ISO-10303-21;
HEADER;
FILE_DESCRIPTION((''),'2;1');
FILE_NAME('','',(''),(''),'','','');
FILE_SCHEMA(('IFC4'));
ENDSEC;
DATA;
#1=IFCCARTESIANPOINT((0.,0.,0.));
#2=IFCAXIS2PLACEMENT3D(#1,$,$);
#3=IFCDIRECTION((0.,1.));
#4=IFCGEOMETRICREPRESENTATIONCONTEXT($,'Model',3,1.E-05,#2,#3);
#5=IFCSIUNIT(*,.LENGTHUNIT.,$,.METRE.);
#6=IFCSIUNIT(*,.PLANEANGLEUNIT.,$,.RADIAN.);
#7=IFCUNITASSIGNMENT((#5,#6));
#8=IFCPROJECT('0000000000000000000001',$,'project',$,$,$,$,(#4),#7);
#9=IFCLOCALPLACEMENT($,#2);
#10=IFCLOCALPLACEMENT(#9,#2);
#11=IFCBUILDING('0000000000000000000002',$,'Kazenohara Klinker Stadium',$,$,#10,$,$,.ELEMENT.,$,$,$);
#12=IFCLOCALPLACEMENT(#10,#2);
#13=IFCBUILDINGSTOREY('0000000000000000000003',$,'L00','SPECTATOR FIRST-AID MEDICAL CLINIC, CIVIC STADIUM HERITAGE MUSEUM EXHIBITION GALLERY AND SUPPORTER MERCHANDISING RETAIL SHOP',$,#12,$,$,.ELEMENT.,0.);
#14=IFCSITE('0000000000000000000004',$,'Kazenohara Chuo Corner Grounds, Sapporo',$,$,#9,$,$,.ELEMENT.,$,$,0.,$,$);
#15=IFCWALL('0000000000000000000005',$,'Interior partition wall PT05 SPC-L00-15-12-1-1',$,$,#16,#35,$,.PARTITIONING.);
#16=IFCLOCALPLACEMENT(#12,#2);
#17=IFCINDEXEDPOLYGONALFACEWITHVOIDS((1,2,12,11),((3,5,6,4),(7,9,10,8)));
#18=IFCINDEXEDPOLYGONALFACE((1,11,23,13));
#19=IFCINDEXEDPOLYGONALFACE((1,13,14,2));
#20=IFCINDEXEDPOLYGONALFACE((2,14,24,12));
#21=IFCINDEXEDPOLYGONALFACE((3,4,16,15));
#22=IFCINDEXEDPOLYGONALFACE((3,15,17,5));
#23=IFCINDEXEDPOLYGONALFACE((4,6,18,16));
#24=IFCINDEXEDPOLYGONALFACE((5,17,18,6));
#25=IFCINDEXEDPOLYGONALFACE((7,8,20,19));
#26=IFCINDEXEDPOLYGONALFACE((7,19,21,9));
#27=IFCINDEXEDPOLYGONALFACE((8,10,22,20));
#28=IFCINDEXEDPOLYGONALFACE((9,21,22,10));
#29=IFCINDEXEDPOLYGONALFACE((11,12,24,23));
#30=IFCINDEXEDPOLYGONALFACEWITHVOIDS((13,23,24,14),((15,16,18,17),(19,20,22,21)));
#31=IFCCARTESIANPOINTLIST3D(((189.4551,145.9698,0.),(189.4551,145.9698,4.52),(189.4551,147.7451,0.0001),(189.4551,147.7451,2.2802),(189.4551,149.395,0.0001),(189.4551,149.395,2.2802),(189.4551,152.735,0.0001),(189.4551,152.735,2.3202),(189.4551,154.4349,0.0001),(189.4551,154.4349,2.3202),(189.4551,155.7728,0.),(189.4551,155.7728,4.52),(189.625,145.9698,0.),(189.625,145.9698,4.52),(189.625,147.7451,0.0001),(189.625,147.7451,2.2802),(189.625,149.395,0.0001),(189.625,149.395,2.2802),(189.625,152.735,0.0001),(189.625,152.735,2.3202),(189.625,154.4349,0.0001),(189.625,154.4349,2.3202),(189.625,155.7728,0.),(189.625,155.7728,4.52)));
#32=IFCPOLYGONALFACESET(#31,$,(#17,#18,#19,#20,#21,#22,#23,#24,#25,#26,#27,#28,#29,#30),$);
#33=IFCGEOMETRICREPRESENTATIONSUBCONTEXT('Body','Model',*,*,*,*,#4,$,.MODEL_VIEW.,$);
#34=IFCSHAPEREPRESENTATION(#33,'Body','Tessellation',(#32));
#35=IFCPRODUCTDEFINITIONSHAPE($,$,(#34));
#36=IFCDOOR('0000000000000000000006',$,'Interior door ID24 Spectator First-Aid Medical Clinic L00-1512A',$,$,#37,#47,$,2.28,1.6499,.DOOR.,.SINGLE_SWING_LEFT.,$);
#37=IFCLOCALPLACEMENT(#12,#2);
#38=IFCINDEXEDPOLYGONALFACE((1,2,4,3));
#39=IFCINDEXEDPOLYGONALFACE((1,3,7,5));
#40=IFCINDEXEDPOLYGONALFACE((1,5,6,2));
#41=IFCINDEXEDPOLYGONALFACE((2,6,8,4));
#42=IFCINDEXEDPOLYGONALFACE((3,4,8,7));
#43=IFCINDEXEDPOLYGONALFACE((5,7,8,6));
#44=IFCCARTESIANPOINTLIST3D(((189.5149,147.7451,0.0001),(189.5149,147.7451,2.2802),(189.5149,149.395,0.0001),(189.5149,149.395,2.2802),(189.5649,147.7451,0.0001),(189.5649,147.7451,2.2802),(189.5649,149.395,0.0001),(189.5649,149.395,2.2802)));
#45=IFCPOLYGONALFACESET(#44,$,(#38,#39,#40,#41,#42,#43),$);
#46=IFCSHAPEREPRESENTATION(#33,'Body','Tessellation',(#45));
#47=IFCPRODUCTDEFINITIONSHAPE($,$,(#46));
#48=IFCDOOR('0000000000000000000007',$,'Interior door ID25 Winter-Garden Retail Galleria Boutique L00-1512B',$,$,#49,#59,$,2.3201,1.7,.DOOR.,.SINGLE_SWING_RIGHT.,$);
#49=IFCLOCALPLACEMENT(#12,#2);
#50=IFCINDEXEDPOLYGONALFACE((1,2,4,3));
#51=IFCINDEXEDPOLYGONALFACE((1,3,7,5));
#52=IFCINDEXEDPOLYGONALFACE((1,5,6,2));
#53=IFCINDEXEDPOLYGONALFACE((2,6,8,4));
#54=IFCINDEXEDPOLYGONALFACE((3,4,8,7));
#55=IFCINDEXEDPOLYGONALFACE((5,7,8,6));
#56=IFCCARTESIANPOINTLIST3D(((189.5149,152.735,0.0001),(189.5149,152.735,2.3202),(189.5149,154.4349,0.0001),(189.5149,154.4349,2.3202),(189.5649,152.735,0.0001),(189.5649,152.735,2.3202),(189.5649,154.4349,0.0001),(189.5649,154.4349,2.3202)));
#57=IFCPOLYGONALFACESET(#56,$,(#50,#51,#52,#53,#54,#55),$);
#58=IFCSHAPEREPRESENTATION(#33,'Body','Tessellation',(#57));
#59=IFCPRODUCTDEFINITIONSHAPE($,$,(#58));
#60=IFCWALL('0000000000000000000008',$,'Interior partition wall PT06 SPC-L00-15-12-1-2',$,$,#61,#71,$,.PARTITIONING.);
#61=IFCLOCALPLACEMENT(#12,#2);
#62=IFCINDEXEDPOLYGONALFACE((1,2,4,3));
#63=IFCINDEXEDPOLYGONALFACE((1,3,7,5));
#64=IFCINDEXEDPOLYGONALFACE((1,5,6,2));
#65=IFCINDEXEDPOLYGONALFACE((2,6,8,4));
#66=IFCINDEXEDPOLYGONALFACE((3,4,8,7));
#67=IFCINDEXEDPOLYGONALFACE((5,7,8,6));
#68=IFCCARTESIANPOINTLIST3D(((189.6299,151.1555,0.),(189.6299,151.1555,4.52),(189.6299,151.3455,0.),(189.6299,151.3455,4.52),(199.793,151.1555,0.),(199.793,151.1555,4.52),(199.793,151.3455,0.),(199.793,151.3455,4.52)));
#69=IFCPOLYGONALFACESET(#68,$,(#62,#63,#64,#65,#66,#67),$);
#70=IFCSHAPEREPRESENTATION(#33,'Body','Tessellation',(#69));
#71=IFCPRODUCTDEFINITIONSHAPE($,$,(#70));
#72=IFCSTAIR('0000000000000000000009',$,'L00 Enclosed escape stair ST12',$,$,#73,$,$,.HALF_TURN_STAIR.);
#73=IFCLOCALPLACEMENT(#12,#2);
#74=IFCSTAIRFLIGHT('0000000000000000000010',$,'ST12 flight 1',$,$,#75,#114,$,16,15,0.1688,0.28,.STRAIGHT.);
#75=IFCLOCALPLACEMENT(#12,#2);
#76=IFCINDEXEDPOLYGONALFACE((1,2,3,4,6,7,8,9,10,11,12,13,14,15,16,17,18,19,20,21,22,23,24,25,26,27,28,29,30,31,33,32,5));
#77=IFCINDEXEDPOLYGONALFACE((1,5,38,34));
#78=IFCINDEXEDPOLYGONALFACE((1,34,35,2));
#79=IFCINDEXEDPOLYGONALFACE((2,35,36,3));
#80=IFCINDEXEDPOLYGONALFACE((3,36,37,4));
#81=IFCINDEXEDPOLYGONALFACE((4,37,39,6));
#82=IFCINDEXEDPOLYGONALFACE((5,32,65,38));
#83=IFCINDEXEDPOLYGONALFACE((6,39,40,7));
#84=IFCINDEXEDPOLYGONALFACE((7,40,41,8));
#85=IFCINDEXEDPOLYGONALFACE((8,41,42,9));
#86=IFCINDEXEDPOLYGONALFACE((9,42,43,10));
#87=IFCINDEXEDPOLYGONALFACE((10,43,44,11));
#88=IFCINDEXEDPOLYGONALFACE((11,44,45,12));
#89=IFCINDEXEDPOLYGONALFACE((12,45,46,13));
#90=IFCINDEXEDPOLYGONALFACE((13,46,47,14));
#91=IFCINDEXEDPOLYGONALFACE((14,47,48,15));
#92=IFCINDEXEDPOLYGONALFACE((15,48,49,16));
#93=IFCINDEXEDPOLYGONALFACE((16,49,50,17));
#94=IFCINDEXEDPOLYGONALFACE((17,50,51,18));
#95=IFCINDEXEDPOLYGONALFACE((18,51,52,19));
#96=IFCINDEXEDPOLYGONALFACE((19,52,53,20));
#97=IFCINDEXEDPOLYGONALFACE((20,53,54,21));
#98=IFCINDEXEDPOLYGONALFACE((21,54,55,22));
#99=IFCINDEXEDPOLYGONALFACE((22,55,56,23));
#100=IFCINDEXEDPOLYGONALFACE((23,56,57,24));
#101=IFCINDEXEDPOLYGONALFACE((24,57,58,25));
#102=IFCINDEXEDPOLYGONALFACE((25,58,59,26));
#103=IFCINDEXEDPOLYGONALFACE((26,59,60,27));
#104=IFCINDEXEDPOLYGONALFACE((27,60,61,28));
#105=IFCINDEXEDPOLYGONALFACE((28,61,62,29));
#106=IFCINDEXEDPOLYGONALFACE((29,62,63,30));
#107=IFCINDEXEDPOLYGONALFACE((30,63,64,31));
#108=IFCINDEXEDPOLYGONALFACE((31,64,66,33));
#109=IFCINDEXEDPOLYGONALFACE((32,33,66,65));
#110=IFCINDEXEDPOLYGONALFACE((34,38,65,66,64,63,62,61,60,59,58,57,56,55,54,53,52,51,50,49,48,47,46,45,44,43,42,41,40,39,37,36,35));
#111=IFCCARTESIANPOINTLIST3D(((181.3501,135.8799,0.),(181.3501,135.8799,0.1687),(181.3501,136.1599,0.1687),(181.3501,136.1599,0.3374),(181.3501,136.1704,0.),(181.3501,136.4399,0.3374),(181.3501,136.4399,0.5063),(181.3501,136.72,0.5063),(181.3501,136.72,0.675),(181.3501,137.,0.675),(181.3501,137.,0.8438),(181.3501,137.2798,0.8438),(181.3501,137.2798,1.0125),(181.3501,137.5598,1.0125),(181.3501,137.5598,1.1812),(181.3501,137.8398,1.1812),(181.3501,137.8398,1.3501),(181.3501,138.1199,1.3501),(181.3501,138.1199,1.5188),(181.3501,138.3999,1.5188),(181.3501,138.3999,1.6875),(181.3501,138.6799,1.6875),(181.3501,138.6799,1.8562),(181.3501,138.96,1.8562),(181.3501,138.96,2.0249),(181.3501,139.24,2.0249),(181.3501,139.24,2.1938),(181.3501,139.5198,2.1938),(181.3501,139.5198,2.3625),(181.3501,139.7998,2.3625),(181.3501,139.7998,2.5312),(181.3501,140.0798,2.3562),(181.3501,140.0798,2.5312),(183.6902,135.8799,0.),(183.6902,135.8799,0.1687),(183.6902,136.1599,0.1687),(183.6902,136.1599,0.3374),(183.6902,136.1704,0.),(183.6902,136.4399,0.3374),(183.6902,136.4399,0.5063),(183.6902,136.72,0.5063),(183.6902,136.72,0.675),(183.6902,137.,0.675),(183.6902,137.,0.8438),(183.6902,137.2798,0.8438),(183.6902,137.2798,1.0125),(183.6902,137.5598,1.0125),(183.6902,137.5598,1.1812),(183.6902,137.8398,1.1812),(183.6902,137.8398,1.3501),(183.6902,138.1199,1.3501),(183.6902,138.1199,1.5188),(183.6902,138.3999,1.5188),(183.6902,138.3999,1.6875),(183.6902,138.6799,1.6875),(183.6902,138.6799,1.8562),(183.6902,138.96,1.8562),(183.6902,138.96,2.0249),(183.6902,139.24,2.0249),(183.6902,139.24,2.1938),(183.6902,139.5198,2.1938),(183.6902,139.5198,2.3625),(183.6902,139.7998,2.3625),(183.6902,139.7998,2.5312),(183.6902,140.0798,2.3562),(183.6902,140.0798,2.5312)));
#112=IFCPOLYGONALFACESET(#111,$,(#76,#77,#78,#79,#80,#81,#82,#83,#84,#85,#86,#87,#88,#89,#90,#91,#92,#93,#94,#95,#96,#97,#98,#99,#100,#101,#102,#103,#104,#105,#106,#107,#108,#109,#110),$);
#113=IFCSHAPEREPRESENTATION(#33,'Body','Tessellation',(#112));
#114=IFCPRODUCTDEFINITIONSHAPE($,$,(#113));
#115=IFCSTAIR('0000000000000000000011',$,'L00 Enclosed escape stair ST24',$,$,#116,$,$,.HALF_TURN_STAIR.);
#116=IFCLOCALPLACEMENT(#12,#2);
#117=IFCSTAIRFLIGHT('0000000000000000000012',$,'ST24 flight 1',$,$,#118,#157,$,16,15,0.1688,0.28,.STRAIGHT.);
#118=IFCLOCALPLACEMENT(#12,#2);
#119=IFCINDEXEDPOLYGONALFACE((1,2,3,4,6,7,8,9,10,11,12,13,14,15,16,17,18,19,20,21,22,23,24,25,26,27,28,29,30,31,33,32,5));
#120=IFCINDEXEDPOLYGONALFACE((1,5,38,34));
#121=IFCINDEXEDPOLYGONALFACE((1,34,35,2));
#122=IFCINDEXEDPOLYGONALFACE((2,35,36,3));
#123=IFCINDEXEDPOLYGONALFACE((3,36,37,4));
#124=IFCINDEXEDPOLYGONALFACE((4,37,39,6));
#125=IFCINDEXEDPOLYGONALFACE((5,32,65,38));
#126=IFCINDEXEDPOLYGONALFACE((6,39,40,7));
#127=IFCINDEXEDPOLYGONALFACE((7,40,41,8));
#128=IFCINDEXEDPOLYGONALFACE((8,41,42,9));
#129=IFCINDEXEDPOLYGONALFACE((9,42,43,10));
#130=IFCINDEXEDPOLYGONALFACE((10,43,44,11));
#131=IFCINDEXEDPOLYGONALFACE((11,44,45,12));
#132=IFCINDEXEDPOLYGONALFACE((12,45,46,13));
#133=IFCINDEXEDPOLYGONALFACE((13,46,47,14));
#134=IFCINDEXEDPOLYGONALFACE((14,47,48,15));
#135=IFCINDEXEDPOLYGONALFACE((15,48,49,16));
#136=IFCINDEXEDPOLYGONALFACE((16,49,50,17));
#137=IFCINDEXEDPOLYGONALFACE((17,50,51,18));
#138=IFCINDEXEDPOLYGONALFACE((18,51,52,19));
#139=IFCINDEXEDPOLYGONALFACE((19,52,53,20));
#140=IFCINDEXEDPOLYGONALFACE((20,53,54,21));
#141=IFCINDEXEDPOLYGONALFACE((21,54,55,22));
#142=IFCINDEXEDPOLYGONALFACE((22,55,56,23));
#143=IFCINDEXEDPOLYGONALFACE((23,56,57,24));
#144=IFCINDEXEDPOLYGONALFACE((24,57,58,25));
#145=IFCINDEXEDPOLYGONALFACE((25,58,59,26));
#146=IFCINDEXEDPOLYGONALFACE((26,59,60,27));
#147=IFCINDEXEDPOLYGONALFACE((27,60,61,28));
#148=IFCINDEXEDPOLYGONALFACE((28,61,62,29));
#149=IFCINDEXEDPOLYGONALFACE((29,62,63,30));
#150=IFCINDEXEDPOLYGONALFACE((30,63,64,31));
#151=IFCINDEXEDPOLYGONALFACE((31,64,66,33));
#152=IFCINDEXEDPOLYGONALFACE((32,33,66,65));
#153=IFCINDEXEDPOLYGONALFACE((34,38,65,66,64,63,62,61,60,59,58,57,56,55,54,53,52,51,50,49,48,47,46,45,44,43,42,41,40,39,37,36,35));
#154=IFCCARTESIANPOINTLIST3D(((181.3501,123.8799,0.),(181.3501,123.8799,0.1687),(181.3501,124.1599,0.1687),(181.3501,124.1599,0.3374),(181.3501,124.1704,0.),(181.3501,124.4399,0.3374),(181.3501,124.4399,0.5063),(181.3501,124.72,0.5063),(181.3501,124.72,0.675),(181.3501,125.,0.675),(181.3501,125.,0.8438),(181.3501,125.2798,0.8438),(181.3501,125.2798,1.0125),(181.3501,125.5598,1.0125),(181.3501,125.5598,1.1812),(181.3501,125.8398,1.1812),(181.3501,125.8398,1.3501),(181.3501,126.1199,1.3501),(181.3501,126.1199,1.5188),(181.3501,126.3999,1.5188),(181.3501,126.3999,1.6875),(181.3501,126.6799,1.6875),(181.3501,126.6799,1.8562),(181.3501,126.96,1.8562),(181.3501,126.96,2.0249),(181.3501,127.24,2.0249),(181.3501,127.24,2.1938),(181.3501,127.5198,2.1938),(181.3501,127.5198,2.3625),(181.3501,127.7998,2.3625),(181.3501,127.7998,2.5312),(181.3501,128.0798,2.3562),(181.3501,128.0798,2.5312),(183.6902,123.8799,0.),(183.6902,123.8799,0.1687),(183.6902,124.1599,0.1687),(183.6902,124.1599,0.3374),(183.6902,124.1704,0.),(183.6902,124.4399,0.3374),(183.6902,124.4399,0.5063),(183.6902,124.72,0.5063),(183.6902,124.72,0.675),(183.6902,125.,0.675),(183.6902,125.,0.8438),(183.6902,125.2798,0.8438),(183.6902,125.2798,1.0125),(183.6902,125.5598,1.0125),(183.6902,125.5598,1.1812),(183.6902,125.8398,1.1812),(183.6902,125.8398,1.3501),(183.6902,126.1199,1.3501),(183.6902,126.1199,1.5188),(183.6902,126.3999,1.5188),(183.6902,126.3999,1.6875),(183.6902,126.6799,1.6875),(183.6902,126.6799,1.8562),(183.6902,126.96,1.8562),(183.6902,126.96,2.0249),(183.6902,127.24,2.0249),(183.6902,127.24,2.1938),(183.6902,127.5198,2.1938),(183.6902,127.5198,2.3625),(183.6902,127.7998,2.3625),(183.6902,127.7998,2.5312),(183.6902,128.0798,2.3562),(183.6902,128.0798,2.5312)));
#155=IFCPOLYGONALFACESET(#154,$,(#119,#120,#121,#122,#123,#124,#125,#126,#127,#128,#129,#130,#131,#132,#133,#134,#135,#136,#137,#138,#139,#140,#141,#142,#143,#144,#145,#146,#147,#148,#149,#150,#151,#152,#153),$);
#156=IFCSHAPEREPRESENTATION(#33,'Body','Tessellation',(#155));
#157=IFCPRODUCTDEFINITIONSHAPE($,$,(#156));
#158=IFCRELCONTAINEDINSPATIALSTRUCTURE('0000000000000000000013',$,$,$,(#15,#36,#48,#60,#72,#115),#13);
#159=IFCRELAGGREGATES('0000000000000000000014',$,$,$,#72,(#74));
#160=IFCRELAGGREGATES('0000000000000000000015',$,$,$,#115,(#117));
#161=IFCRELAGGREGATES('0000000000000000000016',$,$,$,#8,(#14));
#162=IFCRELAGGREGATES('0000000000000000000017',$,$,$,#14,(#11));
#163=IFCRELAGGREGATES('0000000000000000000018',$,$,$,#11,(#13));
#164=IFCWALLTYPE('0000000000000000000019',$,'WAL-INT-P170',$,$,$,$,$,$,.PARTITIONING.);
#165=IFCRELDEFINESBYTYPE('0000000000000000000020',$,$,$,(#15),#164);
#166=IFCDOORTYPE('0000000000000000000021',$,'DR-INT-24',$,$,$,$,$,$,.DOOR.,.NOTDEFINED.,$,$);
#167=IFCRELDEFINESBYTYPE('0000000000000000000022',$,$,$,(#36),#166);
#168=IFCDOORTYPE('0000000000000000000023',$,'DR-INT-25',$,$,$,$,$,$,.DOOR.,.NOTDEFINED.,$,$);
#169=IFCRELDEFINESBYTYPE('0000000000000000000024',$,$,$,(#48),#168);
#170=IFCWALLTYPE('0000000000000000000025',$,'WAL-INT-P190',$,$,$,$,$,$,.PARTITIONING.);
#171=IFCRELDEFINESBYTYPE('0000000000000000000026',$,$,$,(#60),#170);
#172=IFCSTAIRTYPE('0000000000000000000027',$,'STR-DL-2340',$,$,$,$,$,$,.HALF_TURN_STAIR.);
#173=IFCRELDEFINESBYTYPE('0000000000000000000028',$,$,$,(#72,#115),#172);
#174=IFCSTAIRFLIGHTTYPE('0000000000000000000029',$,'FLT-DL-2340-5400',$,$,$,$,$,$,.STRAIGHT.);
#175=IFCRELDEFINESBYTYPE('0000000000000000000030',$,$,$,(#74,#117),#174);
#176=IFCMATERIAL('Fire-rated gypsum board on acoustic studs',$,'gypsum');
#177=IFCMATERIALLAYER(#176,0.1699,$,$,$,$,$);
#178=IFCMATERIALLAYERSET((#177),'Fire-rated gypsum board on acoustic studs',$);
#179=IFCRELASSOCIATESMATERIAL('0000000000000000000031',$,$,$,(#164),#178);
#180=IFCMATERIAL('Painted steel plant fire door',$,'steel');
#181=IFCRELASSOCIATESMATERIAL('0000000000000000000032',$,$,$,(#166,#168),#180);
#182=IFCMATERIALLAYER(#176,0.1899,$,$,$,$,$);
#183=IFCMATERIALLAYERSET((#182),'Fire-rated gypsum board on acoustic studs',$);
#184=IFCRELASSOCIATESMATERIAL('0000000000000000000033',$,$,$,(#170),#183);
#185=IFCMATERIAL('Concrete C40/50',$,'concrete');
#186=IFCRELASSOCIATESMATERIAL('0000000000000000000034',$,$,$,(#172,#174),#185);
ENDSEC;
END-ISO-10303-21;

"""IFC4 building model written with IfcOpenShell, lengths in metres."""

from ifc_helpers import new_model, si_unit, direction, frame, frame_2d, origin, place, context, subcontext, project, spatial, polyline, rectangle, outline, extrude, material, layer, layer_set, type_object, element, fill, aggregate, save


model = new_model("IFC4")

# Units and contexts
model_context = context("Model", 3, precision=1e-05, world=origin(), true_north=direction((0.0, 1.0)))
body_context = subcontext(model_context, "Body", "Model", "MODEL_VIEW")
ifc_project = project(units=[si_unit("LENGTHUNIT", "METRE"), si_unit("PLANEANGLEUNIT", "RADIAN")], contexts=[model_context])

# Site, building, storey
site_placement = place(None, origin())
site = spatial("IfcSite", under=ifc_project, at=site_placement, Name="Kazenohara Chuo Corner Grounds, Sapporo", CompositionType="ELEMENT", RefElevation=0.0)
building_placement = place(site_placement, origin())
building = spatial("IfcBuilding", under=site, at=building_placement, Name="Kazenohara Klinker Stadium", CompositionType="ELEMENT")
storey_placement = place(building_placement, origin())
storey = spatial("IfcBuildingStorey", under=building, at=storey_placement, Name="L00", Description="SPECTATOR FIRST-AID MEDICAL CLINIC, CIVIC STADIUM HERITAGE MUSEUM EXHIBITION GALLERY AND SUPPORTER MERCHANDISING RETAIL SHOP", CompositionType="ELEMENT", Elevation=0.0)

# Shared definitions
ifc_material_1 = material(Name="Concrete C40/50", Category="concrete")

# Wall, openings, doors
ifc_material_2 = material(Name="Fire-rated gypsum board on acoustic studs", Category="gypsum")
ifc_layer_1 = layer(ifc_material_2, 0.1699)
ifc_layer_set_1 = layer_set([ifc_layer_1], Name="Fire-rated gypsum board on acoustic studs")
wall_type_1 = type_object("IfcWallType", Name="WAL-INT-P170", PredefinedType="PARTITIONING", material=ifc_layer_set_1)
wall_1_placement = place(storey_placement, frame((189.54, 145.97, 0.0), z_axis=(0.0, 0.0, 1.0), x_axis=(0.0, 1.0, 0.0)))
wall_1 = element("IfcWall", 1, at=wall_1_placement, inside=storey, type_object=wall_type_1, Name="Interior partition wall PT05 SPC-L00-15-12-1-1", PredefinedType="PARTITIONING", context=body_context, shape_type="SweptSolid", body=[
    extrude(rectangle(XDim=9.803, YDim=0.1699, at=frame_2d((4.9014, 0.0))), origin(), (0.0, 0.0, 1.0), 4.52),
])
opening_1_placement = place(wall_1_placement, frame((3.425, 0.0, 0.0), z_axis=(0.0, 0.0, 1.0), x_axis=(-1.0, 0.0, 0.0)))
opening_1 = element("IfcOpeningElement", 2, at=opening_1_placement, cuts=wall_1, PredefinedType="OPENING", context=body_context, shape_type="SweptSolid", body=[
    extrude(rectangle(XDim=1.6499, YDim=2.28, at=frame_2d((0.825, 1.1401))), frame((0.0, 0.095, 0.0), z_axis=(0.0, -1.0, 0.0), x_axis=(1.0, 0.0, 0.0)), (0.0, 0.0, 1.0), 0.1899),
])
opening_2_placement = place(wall_1_placement, frame((8.4651, 0.0, 0.0), z_axis=(0.0, 0.0, 1.0), x_axis=(-1.0, 0.0, 0.0)))
opening_2 = element("IfcOpeningElement", 3, at=opening_2_placement, cuts=wall_1, PredefinedType="OPENING", context=body_context, shape_type="SweptSolid", body=[
    extrude(rectangle(XDim=1.7, YDim=2.3201, at=frame_2d((0.8501, 1.1602))), frame((0.0, 0.095, 0.0), z_axis=(0.0, -1.0, 0.0), x_axis=(1.0, 0.0, 0.0)), (0.0, 0.0, 1.0), 0.1899),
])
ifc_material_3 = material(Name="Painted steel plant fire door", Category="steel")
door_type_1 = type_object("IfcDoorType", Name="DR-INT-24", OperationType="NOTDEFINED", PredefinedType="DOOR", material=ifc_material_3)
door_1_placement = place(opening_1_placement, origin())
door_1 = element("IfcDoor", 4, at=door_1_placement, inside=storey, type_object=door_type_1, Name="Interior door ID24 Spectator First-Aid Medical Clinic L00-1512A", OperationType="SINGLE_SWING_LEFT", OverallHeight=2.28, OverallWidth=1.6499, PredefinedType="DOOR", context=body_context, shape_type="SweptSolid", body=[
    extrude(rectangle(XDim=1.6499, YDim=2.28, at=frame_2d((0.825, 1.1401))), frame((0.0, 0.0249, 0.0), z_axis=(0.0, -1.0, 0.0), x_axis=(1.0, 0.0, 0.0)), (0.0, 0.0, 1.0), 0.05),
])
fill(opening_1, door_1)
door_type_2 = type_object("IfcDoorType", Name="DR-INT-25", OperationType="NOTDEFINED", PredefinedType="DOOR", material=ifc_material_3)
door_2_placement = place(opening_2_placement, origin())
door_2 = element("IfcDoor", 5, at=door_2_placement, inside=storey, type_object=door_type_2, Name="Interior door ID25 Winter-Garden Retail Galleria Boutique L00-1512B", OperationType="SINGLE_SWING_RIGHT", OverallHeight=2.3201, OverallWidth=1.7, PredefinedType="DOOR", context=body_context, shape_type="SweptSolid", body=[
    extrude(rectangle(XDim=1.7, YDim=2.3201, at=frame_2d((0.8501, 1.1602))), frame((0.0, 0.0249, 0.0), z_axis=(0.0, -1.0, 0.0), x_axis=(1.0, 0.0, 0.0)), (0.0, 0.0, 1.0), 0.05),
])
fill(opening_2, door_2)

# Wall
ifc_layer_2 = layer(ifc_material_2, 0.1899)
ifc_layer_set_2 = layer_set([ifc_layer_2], Name="Fire-rated gypsum board on acoustic studs")
wall_type_2 = type_object("IfcWallType", Name="WAL-INT-P190", PredefinedType="PARTITIONING", material=ifc_layer_set_2)
wall_2_placement = place(storey_placement, frame((189.6299, 151.2505, 0.0), z_axis=(0.0, 0.0, 1.0), x_axis=(1.0, 0.0, 0.0)))
element("IfcWall", 6, at=wall_2_placement, inside=storey, type_object=wall_type_2, Name="Interior partition wall PT06 SPC-L00-15-12-1-2", PredefinedType="PARTITIONING", context=body_context, shape_type="SweptSolid", body=[
    extrude(rectangle(XDim=10.1631, YDim=0.1899, at=frame_2d((5.0815, 0.0))), origin(), (0.0, 0.0, 1.0), 4.52),
])

# Stairs, stair flights
stair_type = type_object("IfcStairType", Name="STR-DL-2340", PredefinedType="HALF_TURN_STAIR", material=ifc_material_1)
stair_1_placement = place(storey_placement, origin())
stair_1 = element("IfcStair", 7, at=stair_1_placement, inside=storey, type_object=stair_type, Name="L00 Enclosed escape stair ST12", PredefinedType="HALF_TURN_STAIR")
stair_flight_type = type_object("IfcStairFlightType", Name="FLT-DL-2340-5400", PredefinedType="STRAIGHT", material=ifc_material_1)
stair_flight_1_placement = place(storey_placement, frame((182.52, 135.8799, 0.0), z_axis=(0.0, 0.0, 1.0), x_axis=(0.0, 1.0, 0.0)))
stair_flight_1 = element("IfcStairFlight", 8, at=stair_flight_1_placement, type_object=stair_flight_type, Name="ST12 flight 1", NumberOfRisers=16, NumberOfTreads=15, PredefinedType="STRAIGHT", RiserHeight=0.1688, TreadLength=0.28, context=body_context, shape_type="SweptSolid", body=[
    extrude(outline(polyline([(0.0, 0.0), (0.0, 0.1687), (0.28, 0.1687), (0.28, 0.3374), (0.5601, 0.3374), (0.5601, 0.5063), (0.8401, 0.5063), (0.8401, 0.675), (1.1201, 0.675), (1.1201, 0.8438), (1.3999, 0.8438), (1.3999, 1.0125), (1.6799, 1.0125), (1.6799, 1.1812), (1.96, 1.1812), (1.96, 1.3501), (2.24, 1.3501), (2.24, 1.5188), (2.52, 1.5188), (2.52, 1.6875), (2.8, 1.6875), (2.8, 1.8562), (3.0801, 1.8562), (3.0801, 2.0249), (3.3601, 2.0249), (3.3601, 2.1938), (3.6399, 2.1938), (3.6399, 2.3625), (3.9199, 2.3625), (3.9199, 2.5312), (4.2, 2.5312), (4.2, 2.7), (4.2, 2.3562), (0.2905, 0.0), (0.0, 0.0)])), frame((0.0, 1.1699, 0.0), z_axis=(0.0, -1.0, 0.0), x_axis=(1.0, 0.0, 0.0)), (0.0, 0.0, 1.0), 2.3401),
])
aggregate(stair_1, [stair_flight_1])
stair_2_placement = place(storey_placement, origin())
stair_2 = element("IfcStair", 9, at=stair_2_placement, inside=storey, type_object=stair_type, Name="L00 Enclosed escape stair ST24", PredefinedType="HALF_TURN_STAIR")
stair_flight_2_placement = place(storey_placement, frame((182.52, 123.8799, 0.0), z_axis=(0.0, 0.0, 1.0), x_axis=(0.0, 1.0, 0.0)))
stair_flight_2 = element("IfcStairFlight", 10, at=stair_flight_2_placement, type_object=stair_flight_type, Name="ST24 flight 1", NumberOfRisers=16, NumberOfTreads=15, PredefinedType="STRAIGHT", RiserHeight=0.1688, TreadLength=0.28, context=body_context, shape_type="SweptSolid", body=[
    extrude(outline(polyline([(0.0, 0.0), (0.0, 0.1687), (0.28, 0.1687), (0.28, 0.3374), (0.5601, 0.3374), (0.5601, 0.5063), (0.8401, 0.5063), (0.8401, 0.675), (1.1201, 0.675), (1.1201, 0.8438), (1.3999, 0.8438), (1.3999, 1.0125), (1.6799, 1.0125), (1.6799, 1.1812), (1.96, 1.1812), (1.96, 1.3501), (2.24, 1.3501), (2.24, 1.5188), (2.52, 1.5188), (2.52, 1.6875), (2.8, 1.6875), (2.8, 1.8562), (3.0801, 1.8562), (3.0801, 2.0249), (3.3601, 2.0249), (3.3601, 2.1938), (3.6399, 2.1938), (3.6399, 2.3625), (3.9199, 2.3625), (3.9199, 2.5312), (4.2, 2.5312), (4.2, 2.7), (4.2, 2.3562), (0.2905, 0.0), (0.0, 0.0)])), frame((0.0, 1.1699, 0.0), z_axis=(0.0, -1.0, 0.0), x_axis=(1.0, 0.0, 0.0)), (0.0, 0.0, 1.0), 2.3401),
])
aggregate(stair_2, [stair_flight_2])

save(model, "model.ifc")
